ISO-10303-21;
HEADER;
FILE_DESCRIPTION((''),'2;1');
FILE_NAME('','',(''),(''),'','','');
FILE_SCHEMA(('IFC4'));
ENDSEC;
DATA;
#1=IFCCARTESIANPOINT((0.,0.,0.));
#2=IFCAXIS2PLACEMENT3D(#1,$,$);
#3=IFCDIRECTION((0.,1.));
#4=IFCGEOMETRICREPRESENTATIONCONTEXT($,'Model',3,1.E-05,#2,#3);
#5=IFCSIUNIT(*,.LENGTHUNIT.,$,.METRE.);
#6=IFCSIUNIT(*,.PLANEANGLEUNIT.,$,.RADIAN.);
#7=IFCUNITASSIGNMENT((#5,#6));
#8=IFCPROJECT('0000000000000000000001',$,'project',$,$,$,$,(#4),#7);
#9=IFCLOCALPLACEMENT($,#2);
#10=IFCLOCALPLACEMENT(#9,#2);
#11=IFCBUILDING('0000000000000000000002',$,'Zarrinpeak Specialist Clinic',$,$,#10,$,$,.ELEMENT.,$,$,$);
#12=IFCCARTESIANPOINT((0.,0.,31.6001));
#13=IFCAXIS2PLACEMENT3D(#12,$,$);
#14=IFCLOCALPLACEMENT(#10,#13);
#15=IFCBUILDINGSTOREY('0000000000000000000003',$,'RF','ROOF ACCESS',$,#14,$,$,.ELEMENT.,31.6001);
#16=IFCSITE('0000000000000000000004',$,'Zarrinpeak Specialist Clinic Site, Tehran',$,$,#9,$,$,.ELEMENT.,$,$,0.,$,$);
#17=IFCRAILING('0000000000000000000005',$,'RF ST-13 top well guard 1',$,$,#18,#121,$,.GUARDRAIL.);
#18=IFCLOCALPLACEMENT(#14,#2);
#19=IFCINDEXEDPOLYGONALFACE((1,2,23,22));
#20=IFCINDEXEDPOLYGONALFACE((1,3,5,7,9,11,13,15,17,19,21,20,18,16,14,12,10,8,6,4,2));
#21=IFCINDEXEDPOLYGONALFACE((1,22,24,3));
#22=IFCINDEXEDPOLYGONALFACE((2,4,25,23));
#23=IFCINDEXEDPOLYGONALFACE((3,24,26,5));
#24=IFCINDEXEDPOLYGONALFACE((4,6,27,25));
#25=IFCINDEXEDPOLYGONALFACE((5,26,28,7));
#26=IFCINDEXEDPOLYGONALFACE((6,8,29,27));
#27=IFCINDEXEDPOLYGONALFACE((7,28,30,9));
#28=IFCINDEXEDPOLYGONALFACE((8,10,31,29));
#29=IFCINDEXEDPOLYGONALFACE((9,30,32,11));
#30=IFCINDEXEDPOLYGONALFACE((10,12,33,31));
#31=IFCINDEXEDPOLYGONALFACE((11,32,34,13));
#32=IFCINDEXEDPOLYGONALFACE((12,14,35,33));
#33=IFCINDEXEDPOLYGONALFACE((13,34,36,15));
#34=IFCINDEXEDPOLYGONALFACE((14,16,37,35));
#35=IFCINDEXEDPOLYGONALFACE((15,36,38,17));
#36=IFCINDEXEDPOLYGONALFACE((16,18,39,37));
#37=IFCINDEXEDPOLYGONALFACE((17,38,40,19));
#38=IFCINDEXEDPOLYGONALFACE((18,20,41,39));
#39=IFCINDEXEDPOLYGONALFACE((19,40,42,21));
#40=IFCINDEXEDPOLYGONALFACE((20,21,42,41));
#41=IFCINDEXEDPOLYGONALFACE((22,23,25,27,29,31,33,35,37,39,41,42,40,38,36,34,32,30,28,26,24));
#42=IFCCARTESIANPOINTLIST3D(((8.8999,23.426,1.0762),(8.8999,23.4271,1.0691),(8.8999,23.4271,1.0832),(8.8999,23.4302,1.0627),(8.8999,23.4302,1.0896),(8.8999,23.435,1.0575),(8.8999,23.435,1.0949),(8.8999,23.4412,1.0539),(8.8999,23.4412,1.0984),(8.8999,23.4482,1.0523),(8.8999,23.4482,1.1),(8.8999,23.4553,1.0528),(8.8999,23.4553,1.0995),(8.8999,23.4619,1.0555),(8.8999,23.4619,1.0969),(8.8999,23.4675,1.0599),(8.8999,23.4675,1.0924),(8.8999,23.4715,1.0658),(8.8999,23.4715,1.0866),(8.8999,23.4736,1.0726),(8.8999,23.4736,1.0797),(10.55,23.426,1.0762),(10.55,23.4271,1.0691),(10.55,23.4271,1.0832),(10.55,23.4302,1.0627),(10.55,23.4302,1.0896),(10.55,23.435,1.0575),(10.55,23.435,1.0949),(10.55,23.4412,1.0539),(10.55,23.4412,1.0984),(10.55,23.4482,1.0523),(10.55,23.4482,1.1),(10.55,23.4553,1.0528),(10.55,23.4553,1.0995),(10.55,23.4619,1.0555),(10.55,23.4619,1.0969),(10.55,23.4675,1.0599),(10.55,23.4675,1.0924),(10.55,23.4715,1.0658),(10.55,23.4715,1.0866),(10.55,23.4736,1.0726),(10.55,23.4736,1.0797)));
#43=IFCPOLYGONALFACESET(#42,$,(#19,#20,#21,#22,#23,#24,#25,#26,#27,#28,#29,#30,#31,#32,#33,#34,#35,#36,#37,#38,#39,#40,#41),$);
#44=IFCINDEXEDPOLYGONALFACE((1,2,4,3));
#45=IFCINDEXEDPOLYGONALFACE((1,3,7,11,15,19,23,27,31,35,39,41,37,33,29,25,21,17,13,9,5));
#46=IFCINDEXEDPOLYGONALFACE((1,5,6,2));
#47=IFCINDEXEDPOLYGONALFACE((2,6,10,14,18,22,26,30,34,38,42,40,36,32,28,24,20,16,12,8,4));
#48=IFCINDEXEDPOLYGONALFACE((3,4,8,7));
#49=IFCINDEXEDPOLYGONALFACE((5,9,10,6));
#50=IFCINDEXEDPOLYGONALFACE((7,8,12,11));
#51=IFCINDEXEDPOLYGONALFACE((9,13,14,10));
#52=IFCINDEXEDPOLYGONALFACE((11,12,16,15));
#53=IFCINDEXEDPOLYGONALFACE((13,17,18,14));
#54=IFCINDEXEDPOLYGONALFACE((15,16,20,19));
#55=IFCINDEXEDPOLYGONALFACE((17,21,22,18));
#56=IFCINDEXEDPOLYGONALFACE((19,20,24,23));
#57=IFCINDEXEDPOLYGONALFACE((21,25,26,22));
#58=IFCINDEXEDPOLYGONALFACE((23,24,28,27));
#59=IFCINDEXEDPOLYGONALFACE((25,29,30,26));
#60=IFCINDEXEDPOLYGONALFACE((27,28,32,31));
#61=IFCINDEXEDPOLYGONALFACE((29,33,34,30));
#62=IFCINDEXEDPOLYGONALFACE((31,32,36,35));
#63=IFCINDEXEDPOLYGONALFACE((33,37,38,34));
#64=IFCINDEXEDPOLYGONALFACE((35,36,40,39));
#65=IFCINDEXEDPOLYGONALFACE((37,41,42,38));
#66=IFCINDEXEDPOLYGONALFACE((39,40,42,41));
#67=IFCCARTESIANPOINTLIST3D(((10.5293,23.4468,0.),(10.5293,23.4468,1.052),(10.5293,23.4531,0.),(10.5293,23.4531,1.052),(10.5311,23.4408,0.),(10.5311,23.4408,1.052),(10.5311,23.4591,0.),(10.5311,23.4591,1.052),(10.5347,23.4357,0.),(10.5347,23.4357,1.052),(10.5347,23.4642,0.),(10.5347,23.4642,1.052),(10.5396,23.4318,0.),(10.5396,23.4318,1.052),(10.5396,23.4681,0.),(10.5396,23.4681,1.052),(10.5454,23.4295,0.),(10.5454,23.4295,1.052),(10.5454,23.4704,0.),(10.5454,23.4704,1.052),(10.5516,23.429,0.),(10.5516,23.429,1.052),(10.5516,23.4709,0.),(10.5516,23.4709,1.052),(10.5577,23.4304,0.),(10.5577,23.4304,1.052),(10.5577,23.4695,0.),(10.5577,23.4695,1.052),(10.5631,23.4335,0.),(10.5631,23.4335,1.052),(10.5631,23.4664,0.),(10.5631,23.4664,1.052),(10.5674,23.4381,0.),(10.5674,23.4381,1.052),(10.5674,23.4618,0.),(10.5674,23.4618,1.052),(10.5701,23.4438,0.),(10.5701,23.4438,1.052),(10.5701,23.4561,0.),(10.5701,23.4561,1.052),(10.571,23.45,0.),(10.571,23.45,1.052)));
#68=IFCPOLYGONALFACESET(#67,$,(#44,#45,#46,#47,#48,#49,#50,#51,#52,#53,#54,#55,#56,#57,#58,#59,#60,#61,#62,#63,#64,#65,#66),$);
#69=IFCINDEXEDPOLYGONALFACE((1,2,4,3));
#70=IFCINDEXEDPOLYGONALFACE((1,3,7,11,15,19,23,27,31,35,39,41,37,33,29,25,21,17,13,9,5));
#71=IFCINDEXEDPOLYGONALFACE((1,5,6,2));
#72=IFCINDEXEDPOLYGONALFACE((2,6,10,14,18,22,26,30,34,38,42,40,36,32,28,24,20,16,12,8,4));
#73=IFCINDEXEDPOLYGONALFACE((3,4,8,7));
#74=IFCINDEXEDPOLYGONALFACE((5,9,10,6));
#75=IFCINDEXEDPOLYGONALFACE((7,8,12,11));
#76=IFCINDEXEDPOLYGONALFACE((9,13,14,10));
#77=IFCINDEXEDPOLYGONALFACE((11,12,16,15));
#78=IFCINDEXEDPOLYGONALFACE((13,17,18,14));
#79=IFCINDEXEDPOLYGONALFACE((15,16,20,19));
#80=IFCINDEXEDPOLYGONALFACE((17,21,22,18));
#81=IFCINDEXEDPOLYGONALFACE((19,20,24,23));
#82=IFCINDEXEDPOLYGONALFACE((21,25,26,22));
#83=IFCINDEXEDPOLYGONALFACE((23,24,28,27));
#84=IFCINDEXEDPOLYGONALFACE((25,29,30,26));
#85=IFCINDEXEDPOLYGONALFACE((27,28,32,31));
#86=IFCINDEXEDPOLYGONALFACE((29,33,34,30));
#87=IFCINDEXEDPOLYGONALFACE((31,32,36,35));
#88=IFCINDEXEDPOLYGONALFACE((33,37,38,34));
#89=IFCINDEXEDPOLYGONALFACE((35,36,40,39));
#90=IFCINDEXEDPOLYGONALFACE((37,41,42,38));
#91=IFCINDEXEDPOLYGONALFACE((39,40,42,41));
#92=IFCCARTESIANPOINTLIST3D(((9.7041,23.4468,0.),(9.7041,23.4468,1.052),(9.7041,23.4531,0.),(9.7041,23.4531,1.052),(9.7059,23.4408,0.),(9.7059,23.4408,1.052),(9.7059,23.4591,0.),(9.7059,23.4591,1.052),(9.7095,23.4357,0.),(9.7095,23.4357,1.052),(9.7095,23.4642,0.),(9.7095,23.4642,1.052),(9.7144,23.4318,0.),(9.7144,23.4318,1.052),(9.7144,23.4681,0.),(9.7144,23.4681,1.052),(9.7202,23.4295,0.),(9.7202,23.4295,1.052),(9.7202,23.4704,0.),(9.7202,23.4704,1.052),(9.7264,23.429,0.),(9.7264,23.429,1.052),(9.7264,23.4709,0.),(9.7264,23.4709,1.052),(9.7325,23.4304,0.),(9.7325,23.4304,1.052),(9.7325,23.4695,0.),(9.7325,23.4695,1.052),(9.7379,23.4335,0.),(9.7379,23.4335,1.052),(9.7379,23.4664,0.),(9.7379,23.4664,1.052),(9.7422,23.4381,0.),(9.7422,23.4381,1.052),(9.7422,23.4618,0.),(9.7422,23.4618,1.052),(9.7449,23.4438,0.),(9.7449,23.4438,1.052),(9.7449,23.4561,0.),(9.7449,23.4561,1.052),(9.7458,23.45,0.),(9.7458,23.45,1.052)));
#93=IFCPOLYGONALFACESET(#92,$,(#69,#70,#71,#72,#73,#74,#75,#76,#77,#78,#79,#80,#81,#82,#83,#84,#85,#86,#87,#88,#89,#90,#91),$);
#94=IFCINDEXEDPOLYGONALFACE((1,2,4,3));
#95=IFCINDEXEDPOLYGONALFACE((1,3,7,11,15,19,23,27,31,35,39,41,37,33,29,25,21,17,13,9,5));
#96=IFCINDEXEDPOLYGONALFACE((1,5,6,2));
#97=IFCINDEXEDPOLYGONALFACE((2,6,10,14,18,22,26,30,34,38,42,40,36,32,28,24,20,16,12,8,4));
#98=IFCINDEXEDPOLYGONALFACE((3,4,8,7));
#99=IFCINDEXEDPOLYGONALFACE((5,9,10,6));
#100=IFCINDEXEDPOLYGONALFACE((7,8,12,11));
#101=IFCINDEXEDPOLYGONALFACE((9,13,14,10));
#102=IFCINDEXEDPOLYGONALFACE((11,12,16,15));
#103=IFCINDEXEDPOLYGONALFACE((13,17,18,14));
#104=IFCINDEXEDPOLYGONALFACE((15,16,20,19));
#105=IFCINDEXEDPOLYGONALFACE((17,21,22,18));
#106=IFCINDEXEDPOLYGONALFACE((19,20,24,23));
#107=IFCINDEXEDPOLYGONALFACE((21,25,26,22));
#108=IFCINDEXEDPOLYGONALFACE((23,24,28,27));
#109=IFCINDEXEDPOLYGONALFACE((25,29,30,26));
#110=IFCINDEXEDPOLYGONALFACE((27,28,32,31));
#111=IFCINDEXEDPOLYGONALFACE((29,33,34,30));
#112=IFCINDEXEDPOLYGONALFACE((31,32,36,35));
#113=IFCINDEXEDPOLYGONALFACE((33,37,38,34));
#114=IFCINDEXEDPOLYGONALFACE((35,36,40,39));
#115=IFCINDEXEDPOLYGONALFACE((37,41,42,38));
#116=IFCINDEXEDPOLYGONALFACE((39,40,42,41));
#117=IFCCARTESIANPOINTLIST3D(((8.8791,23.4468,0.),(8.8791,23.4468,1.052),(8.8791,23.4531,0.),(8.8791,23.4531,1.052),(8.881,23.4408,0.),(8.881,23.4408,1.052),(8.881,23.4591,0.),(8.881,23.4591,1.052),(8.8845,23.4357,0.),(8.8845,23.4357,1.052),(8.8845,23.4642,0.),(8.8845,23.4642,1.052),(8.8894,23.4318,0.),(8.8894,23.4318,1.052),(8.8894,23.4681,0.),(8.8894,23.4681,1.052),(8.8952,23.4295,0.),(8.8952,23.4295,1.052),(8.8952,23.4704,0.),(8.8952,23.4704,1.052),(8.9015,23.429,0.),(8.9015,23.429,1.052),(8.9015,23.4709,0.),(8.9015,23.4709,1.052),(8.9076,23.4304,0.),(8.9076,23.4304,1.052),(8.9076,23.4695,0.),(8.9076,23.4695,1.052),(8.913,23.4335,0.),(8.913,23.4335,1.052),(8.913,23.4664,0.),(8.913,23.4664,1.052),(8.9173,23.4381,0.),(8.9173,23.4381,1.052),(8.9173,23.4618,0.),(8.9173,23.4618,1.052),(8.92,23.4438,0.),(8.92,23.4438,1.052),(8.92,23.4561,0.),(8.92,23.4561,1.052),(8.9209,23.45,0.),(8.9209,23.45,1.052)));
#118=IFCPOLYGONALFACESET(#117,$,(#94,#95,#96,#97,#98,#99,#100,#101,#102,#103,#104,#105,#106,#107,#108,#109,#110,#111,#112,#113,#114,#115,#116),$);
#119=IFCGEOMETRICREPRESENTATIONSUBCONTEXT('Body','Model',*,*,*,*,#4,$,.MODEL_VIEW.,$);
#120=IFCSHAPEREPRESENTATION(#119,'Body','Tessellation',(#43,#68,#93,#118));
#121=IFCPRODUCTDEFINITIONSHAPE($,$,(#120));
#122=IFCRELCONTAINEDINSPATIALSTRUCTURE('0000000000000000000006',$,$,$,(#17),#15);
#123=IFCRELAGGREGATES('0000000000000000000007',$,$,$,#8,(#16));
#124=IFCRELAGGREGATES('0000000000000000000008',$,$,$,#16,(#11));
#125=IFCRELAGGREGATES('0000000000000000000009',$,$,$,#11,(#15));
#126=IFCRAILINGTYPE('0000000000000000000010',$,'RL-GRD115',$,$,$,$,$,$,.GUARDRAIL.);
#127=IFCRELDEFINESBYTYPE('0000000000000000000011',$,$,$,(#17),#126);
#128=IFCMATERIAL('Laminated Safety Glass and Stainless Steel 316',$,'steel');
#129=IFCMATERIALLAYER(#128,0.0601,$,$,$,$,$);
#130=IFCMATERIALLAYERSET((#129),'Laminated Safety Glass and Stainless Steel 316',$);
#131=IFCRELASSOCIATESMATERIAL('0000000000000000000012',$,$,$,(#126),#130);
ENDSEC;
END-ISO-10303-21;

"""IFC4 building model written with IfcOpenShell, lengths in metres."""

from ifc_helpers import new_model, si_unit, direction, frame, origin, origin_2d, place, context, subcontext, project, spatial, circle, extrude, material, layer, layer_set, type_object, element, save


model = new_model("IFC4")

# Units and contexts
model_context = context("Model", 3, precision=1e-05, world=origin(), true_north=direction((0.0, 1.0)))
body_context = subcontext(model_context, "Body", "Model", "MODEL_VIEW")
ifc_project = project(units=[si_unit("LENGTHUNIT", "METRE"), si_unit("PLANEANGLEUNIT", "RADIAN")], contexts=[model_context])

# Site, building, storey
site_placement = place(None, origin())
site = spatial("IfcSite", under=ifc_project, at=site_placement, Name="Zarrinpeak Specialist Clinic Site, Tehran", CompositionType="ELEMENT", RefElevation=0.0)
building_placement = place(site_placement, origin())
building = spatial("IfcBuilding", under=site, at=building_placement, Name="Zarrinpeak Specialist Clinic", CompositionType="ELEMENT")
storey_placement = place(building_placement, frame((0.0, 0.0, 31.6001)))
storey = spatial("IfcBuildingStorey", under=building, at=storey_placement, Name="RF", Description="ROOF ACCESS", CompositionType="ELEMENT", Elevation=31.6001)

# Railing
ifc_material_1 = material(Name="Laminated Safety Glass and Stainless Steel 316", Category="steel")
ifc_layer_1 = layer(ifc_material_1, 0.0601)
ifc_layer_set_1 = layer_set([ifc_layer_1], Name="Laminated Safety Glass and Stainless Steel 316")
railing_type = type_object("IfcRailingType", Name="RL-GRD115", PredefinedType="GUARDRAIL", material=ifc_layer_set_1)
railing_1_placement = place(storey_placement, frame((10.55, 23.45, 0.0)))
element("IfcRailing", 1, at=railing_1_placement, inside=storey, type_object=railing_type, Name="RF ST-13 top well guard 1", PredefinedType="GUARDRAIL", context=body_context, shape_type="SweptSolid", body=[
    extrude(circle(Radius=0.0239, at=origin_2d()), frame((0.0, 0.0, 1.0762), z_axis=(-1.0, 0.0, 0.0), x_axis=(0.0, -1.0, 0.0)), (0.0, 0.0, 1.0), 1.6501),
    extrude(circle(Radius=0.021, at=origin_2d()), origin(), (0.0, 0.0, 1.0), 1.052),
    extrude(circle(Radius=0.021, at=origin_2d()), frame((-0.8252, 0.0, 0.0)), (0.0, 0.0, 1.0), 1.052),
    extrude(circle(Radius=0.021, at=origin_2d()), frame((-1.6501, 0.0, 0.0)), (0.0, 0.0, 1.0), 1.052),
])

save(model, "model.ifc")
